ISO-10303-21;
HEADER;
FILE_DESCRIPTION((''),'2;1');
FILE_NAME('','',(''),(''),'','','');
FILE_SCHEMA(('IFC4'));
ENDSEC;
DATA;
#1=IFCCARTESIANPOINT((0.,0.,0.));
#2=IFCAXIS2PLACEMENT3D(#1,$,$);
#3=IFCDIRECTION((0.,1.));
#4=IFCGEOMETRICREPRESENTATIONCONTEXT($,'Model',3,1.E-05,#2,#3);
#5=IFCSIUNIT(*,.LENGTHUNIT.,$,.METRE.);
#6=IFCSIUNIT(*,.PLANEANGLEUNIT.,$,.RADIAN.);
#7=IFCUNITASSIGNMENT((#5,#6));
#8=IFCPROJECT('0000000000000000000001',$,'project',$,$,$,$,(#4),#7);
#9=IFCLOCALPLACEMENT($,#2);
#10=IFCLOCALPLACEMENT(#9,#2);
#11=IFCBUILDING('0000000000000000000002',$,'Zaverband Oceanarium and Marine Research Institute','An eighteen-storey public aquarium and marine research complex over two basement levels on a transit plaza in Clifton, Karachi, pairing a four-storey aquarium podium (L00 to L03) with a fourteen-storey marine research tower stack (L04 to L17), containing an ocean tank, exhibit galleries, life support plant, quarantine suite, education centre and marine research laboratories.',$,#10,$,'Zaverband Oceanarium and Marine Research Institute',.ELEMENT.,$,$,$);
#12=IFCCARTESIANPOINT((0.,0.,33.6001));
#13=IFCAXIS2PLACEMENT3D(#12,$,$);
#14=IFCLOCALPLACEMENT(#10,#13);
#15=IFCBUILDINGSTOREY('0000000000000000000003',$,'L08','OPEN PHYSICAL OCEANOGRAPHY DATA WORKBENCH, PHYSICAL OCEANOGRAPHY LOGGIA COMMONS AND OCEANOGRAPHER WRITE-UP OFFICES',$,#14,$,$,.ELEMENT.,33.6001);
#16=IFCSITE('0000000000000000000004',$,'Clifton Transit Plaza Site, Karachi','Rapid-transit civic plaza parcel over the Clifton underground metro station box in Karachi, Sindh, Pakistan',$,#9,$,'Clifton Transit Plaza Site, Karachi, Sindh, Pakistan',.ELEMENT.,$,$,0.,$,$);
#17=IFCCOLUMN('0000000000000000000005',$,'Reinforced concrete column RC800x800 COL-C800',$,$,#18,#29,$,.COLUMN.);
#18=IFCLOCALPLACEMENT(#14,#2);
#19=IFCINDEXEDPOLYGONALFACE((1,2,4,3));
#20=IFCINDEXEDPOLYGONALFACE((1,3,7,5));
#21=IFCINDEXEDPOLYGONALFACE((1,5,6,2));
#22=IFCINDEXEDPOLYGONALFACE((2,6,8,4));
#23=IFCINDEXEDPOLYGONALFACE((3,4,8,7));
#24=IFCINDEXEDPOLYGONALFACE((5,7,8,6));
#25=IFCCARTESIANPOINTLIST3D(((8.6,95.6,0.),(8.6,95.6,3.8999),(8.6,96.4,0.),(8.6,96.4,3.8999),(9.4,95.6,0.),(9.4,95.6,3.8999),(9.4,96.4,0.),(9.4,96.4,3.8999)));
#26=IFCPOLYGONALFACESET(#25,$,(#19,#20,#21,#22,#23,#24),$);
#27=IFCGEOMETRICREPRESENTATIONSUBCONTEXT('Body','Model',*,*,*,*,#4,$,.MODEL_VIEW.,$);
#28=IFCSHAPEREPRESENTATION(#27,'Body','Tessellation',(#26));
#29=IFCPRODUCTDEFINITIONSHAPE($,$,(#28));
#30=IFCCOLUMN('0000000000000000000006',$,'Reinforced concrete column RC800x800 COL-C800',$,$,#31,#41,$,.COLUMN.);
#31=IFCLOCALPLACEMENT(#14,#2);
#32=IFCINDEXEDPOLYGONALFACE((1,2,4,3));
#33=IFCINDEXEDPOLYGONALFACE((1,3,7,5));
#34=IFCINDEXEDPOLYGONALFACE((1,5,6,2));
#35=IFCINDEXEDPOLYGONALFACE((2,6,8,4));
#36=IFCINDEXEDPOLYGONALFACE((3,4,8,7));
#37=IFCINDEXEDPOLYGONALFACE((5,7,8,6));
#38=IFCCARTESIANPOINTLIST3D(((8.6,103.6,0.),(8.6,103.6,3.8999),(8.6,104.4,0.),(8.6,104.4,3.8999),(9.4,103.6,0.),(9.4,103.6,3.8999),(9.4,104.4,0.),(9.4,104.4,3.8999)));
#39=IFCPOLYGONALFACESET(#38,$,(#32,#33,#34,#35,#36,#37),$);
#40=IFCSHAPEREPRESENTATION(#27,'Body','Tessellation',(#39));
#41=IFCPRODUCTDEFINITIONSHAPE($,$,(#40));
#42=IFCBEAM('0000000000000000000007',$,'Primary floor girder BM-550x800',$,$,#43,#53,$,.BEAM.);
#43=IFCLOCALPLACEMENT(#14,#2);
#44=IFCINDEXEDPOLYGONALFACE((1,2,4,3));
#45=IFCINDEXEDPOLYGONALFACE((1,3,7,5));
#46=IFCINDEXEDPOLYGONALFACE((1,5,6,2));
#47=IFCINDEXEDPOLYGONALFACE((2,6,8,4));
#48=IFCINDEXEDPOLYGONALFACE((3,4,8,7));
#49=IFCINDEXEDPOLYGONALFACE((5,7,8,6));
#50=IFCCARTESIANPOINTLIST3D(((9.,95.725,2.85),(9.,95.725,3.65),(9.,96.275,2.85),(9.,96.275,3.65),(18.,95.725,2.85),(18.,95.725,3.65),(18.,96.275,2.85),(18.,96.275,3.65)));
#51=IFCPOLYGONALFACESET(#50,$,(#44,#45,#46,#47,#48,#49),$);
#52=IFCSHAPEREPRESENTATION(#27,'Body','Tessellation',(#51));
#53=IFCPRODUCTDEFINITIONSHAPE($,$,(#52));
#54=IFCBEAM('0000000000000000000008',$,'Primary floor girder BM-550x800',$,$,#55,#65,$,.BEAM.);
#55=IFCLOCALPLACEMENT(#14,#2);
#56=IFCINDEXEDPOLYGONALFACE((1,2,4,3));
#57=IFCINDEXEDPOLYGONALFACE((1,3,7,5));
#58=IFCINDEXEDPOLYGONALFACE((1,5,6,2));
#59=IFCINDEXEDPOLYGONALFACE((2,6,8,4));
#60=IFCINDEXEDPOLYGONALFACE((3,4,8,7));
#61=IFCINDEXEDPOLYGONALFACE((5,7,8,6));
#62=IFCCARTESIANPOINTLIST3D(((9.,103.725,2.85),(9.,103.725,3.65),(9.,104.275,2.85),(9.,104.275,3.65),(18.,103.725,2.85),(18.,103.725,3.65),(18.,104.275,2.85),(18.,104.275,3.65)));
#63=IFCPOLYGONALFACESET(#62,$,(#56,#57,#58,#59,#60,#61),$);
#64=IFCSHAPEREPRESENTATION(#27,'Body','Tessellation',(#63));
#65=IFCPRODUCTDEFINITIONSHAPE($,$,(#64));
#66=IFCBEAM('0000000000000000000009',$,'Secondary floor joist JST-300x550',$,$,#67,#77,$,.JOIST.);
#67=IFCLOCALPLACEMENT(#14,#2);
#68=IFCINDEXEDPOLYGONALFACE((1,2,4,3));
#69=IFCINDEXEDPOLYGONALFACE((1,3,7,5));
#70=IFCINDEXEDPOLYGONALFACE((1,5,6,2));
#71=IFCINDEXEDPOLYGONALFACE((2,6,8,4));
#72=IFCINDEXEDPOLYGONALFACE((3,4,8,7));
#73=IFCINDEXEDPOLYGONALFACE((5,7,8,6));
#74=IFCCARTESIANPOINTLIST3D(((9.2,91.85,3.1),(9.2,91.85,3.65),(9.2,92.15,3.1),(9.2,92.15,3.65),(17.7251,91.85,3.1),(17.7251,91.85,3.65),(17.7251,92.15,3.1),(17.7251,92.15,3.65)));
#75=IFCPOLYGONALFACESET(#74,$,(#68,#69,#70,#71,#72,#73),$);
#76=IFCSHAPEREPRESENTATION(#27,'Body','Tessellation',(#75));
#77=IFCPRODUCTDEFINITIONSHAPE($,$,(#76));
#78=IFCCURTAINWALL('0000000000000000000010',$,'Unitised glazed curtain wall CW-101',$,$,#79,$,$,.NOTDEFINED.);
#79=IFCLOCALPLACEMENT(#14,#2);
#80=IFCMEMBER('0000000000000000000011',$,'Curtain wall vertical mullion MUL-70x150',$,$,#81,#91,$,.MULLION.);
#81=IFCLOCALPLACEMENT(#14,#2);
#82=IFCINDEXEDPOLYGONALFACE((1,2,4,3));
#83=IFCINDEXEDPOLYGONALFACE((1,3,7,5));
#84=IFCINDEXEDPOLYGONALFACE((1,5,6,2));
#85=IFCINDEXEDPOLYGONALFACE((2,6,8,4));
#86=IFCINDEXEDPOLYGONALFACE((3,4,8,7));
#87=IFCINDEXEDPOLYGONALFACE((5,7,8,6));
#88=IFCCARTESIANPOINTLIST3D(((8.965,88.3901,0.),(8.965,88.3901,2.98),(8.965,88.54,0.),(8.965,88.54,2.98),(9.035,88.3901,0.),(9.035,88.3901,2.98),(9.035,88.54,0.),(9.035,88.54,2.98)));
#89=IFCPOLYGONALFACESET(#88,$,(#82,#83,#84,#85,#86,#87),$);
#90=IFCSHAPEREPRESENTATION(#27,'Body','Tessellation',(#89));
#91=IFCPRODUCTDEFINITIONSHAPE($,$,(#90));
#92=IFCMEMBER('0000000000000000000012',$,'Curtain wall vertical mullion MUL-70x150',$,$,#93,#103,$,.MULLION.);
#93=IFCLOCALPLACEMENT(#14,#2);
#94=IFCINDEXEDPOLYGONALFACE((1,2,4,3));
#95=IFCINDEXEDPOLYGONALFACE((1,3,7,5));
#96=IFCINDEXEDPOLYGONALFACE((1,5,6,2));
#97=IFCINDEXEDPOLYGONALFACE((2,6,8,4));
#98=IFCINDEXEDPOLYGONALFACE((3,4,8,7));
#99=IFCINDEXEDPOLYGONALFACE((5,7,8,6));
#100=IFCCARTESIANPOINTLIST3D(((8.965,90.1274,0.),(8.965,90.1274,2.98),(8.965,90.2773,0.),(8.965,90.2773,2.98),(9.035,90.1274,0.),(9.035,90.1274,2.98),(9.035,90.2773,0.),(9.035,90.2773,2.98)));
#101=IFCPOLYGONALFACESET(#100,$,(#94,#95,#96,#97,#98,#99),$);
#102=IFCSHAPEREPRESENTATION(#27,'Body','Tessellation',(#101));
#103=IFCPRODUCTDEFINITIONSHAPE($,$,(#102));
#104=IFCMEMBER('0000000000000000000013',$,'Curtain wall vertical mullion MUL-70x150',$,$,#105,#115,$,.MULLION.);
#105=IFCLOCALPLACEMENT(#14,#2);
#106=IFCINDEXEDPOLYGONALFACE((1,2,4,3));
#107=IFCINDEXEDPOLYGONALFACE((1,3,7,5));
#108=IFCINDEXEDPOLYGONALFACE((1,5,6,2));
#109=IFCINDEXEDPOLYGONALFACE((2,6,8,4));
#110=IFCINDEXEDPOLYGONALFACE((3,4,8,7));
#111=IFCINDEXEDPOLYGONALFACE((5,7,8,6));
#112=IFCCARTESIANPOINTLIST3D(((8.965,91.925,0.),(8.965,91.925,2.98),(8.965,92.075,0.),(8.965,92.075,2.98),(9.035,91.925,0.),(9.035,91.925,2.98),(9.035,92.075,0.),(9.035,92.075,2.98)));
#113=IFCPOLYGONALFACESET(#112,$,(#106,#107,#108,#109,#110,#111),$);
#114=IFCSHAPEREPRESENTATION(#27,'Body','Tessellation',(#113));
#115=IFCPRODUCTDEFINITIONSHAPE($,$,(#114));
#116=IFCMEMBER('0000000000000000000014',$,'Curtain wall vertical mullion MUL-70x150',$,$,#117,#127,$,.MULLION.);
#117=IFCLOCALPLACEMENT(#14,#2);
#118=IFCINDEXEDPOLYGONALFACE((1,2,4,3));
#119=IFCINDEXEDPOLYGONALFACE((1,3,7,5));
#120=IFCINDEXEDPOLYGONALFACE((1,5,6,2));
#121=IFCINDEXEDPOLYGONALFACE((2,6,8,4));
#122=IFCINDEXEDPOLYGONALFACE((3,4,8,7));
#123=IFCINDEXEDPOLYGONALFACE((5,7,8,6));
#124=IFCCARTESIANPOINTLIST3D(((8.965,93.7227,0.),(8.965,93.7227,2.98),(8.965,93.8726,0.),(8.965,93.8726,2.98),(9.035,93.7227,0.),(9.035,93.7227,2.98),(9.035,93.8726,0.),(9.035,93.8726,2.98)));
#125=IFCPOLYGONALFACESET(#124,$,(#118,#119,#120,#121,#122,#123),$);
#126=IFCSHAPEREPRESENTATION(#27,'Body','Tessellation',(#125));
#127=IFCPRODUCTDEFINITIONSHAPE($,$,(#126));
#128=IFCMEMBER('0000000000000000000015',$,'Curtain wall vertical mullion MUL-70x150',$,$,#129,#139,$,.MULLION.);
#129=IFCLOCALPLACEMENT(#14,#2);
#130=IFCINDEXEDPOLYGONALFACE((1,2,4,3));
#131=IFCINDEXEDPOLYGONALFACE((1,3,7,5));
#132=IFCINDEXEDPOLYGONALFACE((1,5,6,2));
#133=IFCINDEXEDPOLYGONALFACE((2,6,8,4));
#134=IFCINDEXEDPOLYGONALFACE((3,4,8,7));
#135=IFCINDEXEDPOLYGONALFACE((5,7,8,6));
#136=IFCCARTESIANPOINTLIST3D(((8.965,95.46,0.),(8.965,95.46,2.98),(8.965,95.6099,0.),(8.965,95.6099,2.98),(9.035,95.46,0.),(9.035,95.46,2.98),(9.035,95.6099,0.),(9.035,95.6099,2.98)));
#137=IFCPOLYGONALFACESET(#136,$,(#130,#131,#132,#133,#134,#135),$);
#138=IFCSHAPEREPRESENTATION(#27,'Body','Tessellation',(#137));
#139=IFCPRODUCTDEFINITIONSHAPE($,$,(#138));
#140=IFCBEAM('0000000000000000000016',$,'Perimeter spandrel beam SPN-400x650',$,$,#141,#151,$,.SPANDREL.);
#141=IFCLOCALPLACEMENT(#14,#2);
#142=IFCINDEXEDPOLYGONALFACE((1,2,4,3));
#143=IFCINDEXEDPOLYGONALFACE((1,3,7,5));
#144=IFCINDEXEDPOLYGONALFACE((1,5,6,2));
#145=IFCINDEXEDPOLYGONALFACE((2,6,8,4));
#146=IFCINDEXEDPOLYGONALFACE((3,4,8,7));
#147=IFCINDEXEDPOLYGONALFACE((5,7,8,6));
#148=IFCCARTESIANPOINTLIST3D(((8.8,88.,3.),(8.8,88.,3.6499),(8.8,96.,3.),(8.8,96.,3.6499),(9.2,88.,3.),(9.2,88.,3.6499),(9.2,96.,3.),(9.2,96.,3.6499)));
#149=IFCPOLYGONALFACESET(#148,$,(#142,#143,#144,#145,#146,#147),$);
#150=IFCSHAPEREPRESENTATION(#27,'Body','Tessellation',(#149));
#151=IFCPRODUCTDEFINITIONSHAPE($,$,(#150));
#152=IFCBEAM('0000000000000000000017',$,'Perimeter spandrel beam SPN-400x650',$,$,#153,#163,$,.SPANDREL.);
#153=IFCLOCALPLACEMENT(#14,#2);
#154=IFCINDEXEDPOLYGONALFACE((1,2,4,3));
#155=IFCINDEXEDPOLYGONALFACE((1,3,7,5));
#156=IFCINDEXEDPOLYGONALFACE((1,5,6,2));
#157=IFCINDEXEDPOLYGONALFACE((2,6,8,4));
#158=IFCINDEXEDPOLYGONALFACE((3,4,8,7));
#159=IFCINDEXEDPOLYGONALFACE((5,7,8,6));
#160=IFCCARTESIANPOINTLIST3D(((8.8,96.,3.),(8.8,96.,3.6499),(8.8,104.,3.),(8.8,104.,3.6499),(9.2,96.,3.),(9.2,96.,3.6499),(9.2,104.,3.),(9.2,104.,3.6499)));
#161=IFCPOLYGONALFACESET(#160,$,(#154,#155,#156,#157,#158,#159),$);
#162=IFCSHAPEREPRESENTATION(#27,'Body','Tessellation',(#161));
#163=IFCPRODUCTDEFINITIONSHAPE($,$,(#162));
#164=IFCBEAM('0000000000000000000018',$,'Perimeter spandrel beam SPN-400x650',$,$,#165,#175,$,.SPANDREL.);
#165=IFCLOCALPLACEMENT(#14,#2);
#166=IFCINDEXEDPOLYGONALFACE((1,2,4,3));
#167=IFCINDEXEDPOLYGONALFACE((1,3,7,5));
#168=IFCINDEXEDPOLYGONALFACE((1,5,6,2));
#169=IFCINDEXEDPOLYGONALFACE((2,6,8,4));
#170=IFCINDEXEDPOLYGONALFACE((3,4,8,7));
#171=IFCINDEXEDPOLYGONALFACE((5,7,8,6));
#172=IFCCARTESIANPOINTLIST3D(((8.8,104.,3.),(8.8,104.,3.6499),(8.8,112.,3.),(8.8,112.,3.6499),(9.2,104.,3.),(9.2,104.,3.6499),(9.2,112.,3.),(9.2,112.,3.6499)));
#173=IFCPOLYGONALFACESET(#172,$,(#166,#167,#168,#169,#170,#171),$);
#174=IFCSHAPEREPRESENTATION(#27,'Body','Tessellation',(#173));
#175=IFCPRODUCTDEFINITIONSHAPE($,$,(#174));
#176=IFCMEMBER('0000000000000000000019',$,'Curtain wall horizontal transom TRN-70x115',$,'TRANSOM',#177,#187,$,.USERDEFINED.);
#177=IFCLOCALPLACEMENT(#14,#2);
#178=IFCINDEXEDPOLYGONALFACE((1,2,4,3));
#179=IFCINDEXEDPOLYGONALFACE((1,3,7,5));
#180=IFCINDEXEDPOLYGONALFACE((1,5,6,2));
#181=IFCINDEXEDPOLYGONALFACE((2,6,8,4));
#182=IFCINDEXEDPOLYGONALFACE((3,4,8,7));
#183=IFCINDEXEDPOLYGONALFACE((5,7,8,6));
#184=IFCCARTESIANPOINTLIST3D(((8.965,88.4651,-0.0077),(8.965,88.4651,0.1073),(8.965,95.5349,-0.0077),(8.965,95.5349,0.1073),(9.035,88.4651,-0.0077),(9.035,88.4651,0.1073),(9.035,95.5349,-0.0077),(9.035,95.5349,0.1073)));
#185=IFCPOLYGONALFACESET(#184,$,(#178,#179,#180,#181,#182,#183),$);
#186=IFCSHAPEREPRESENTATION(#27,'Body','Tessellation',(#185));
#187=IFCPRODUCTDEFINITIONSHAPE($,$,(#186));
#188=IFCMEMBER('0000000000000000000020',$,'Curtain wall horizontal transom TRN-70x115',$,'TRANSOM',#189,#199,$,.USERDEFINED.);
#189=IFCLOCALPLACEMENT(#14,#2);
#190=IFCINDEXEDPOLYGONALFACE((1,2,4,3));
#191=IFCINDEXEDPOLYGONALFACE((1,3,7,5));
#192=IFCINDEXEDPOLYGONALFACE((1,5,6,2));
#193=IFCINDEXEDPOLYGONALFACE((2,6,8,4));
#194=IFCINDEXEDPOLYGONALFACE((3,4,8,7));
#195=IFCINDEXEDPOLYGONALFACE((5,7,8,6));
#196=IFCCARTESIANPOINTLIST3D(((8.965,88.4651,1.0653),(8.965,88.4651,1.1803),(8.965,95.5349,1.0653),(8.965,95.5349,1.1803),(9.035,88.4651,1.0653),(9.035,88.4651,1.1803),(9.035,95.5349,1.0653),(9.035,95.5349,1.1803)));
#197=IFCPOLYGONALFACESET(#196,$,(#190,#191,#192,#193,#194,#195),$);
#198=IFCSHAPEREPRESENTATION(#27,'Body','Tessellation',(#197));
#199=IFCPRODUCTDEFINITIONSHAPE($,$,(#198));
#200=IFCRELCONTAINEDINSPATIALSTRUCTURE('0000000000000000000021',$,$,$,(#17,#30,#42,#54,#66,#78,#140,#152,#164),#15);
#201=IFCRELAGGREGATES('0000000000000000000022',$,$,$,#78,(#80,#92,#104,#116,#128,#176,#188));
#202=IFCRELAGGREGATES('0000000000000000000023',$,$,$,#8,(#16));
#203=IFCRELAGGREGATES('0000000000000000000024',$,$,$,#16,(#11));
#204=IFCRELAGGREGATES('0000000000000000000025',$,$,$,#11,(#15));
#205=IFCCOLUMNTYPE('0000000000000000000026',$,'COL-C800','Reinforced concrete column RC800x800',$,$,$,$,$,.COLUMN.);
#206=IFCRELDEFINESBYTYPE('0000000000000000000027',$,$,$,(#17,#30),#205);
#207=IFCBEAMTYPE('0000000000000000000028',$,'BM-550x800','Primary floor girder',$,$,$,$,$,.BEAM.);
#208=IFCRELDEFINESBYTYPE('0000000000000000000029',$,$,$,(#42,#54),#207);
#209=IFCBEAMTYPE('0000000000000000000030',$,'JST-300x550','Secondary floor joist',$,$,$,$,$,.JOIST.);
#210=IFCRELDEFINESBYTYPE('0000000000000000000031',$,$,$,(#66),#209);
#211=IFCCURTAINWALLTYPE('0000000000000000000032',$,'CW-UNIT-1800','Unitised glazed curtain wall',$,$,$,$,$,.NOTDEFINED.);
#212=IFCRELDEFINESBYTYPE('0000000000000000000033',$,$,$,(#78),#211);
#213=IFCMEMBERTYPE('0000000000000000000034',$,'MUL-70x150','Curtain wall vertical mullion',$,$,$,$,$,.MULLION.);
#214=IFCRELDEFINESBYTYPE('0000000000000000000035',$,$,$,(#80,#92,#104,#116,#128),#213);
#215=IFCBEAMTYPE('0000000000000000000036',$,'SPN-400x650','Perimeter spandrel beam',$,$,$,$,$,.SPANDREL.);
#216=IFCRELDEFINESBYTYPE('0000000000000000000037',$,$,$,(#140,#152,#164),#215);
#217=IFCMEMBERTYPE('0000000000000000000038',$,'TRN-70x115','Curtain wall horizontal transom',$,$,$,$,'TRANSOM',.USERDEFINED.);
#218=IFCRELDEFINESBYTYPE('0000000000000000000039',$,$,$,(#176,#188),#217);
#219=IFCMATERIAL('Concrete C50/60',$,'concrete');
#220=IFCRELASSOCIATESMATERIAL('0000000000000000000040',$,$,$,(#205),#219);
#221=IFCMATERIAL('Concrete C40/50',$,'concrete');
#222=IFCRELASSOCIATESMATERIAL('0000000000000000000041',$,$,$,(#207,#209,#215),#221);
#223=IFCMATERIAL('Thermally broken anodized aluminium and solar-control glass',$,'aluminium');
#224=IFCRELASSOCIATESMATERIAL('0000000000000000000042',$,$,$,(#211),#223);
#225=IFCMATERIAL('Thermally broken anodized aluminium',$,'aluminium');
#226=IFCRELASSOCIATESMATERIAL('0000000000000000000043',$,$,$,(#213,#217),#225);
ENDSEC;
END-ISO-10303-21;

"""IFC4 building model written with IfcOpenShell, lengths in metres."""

from ifc_helpers import new_model, si_unit, direction, frame, origin, origin_2d, place, context, subcontext, project, spatial, rectangle, extrude, material, material_profile, profile_set, type_object, element, aggregate, save


model = new_model("IFC4")

# Units and contexts
model_context = context("Model", 3, precision=1e-05, world=origin(), true_north=direction((0.0, 1.0)))
body_context = subcontext(model_context, "Body", "Model", "MODEL_VIEW")
ifc_project = project(units=[si_unit("LENGTHUNIT", "METRE"), si_unit("PLANEANGLEUNIT", "RADIAN")], contexts=[model_context])

# Site, building, storey
site_placement = place(None, origin())
site = spatial("IfcSite", under=ifc_project, at=site_placement, Name="Clifton Transit Plaza Site, Karachi", Description="Rapid-transit civic plaza parcel over the Clifton underground metro station box in Karachi, Sindh, Pakistan", LongName="Clifton Transit Plaza Site, Karachi, Sindh, Pakistan", CompositionType="ELEMENT", RefElevation=0.0)
building_placement = place(site_placement, origin())
building = spatial("IfcBuilding", under=site, at=building_placement, Name="Zaverband Oceanarium and Marine Research Institute", Description="An eighteen-storey public aquarium and marine research complex over two basement levels on a transit plaza in Clifton, Karachi, pairing a four-storey aquarium podium (L00 to L03) with a fourteen-storey marine research tower stack (L04 to L17), containing an ocean tank, exhibit galleries, life support plant, quarantine suite, education centre and marine research laboratories.", LongName="Zaverband Oceanarium and Marine Research Institute", CompositionType="ELEMENT")
storey_placement = place(building_placement, frame((0.0, 0.0, 33.6001)))
storey = spatial("IfcBuildingStorey", under=building, at=storey_placement, Name="L08", Description="OPEN PHYSICAL OCEANOGRAPHY DATA WORKBENCH, PHYSICAL OCEANOGRAPHY LOGGIA COMMONS AND OCEANOGRAPHER WRITE-UP OFFICES", CompositionType="ELEMENT", Elevation=33.6001)

# Columns
ifc_material_1 = material(Name="Concrete C50/60", Category="concrete")
ifc_material_profile_1 = material_profile(ifc_material_1, rectangle(XDim=0.8, YDim=0.8, at=origin_2d()), Name="RC800x800")
ifc_profile_set_1 = profile_set([ifc_material_profile_1], Name="Concrete C50/60")
column_type = type_object("IfcColumnType", Name="COL-C800", Description="Reinforced concrete column RC800x800", PredefinedType="COLUMN", material=ifc_profile_set_1)
for number, where, z_axis, x_axis, name in (
    (1, (9.0, 96.0, 0.0), (0.0, 0.0, 1.0), (1.0, 0.0, 0.0), "Reinforced concrete column RC800x800 COL-C800"),
    (2, (9.0, 104.0, 0.0), (0.0, 0.0, 1.0), (1.0, 0.0, 0.0), "Reinforced concrete column RC800x800 COL-C800"),
):
    element("IfcColumn", number, at=place(storey_placement, frame(where, z_axis=z_axis, x_axis=x_axis)), inside=storey, type_object=column_type, Name=name, PredefinedType="COLUMN", context=body_context, shape_type="SweptSolid", body=[
        extrude(rectangle(XDim=0.8, YDim=0.8, at=origin_2d()), origin(), (0.0, 0.0, 1.0), 3.8999),
    ])

# Beams
ifc_material_2 = material(Name="Concrete C40/50", Category="concrete")
ifc_material_profile_2 = material_profile(ifc_material_2, rectangle(XDim=0.55, YDim=0.8, at=origin_2d()), Name="RC550x800")
ifc_profile_set_2 = profile_set([ifc_material_profile_2], Name="Concrete C40/50")
beam_type_1 = type_object("IfcBeamType", Name="BM-550x800", Description="Primary floor girder", PredefinedType="BEAM", material=ifc_profile_set_2)
for number, where, z_axis, x_axis, name in (
    (3, (9.0, 96.0, 3.25), (1.0, 0.0, 0.0), (0.0, 1.0, 0.0), "Primary floor girder BM-550x800"),
    (4, (9.0, 104.0, 3.25), (1.0, 0.0, 0.0), (0.0, 1.0, 0.0), "Primary floor girder BM-550x800"),
):
    element("IfcBeam", number, at=place(storey_placement, frame(where, z_axis=z_axis, x_axis=x_axis)), inside=storey, type_object=beam_type_1, Name=name, PredefinedType="BEAM", context=body_context, shape_type="SweptSolid", body=[
        extrude(rectangle(XDim=0.55, YDim=0.8, at=origin_2d()), origin(), (0.0, 0.0, 1.0), 9.0),
    ])
ifc_material_profile_3 = material_profile(ifc_material_2, rectangle(XDim=0.3, YDim=0.55, at=origin_2d()), Name="RC300x550")
ifc_profile_set_3 = profile_set([ifc_material_profile_3], Name="Concrete C40/50")
beam_type_2 = type_object("IfcBeamType", Name="JST-300x550", Description="Secondary floor joist", PredefinedType="JOIST", material=ifc_profile_set_3)
beam_placement = place(storey_placement, frame((9.2, 92.0, 3.375), z_axis=(1.0, 0.0, 0.0), x_axis=(0.0, 1.0, 0.0)))
element("IfcBeam", 5, at=beam_placement, inside=storey, type_object=beam_type_2, Name="Secondary floor joist JST-300x550", PredefinedType="JOIST", context=body_context, shape_type="SweptSolid", body=[
    extrude(rectangle(XDim=0.3, YDim=0.55, at=origin_2d()), origin(), (0.0, 0.0, 1.0), 8.5251),
])

# Curtain wall, members
ifc_material_3 = material(Name="Thermally broken anodized aluminium and solar-control glass", Category="aluminium")
curtain_wall_type = type_object("IfcCurtainWallType", Name="CW-UNIT-1800", Description="Unitised glazed curtain wall", PredefinedType="NOTDEFINED", material=ifc_material_3)
curtain_wall_placement = place(storey_placement, origin())
curtain_wall = element("IfcCurtainWall", 6, at=curtain_wall_placement, inside=storey, type_object=curtain_wall_type, Name="Unitised glazed curtain wall CW-101", PredefinedType="NOTDEFINED")
ifc_material_4 = material(Name="Thermally broken anodized aluminium", Category="aluminium")
ifc_material_profile_4 = material_profile(ifc_material_4, rectangle(XDim=0.0701, YDim=0.1499, at=origin_2d()), Name="AL-MUL-70x150")
ifc_profile_set_4 = profile_set([ifc_material_profile_4], Name="Thermally broken anodized aluminium")
member_type_1 = type_object("IfcMemberType", Name="MUL-70x150", Description="Curtain wall vertical mullion", PredefinedType="MULLION", material=ifc_profile_set_4)
member_1_placement = place(storey_placement, frame((9.0, 88.4651, 0.0), z_axis=(0.0, 0.0, 1.0), x_axis=(1.0, 0.0, 0.0)))
member_1 = element("IfcMember", 7, at=member_1_placement, type_object=member_type_1, Name="Curtain wall vertical mullion MUL-70x150", PredefinedType="MULLION", context=body_context, shape_type="SweptSolid", body=[
    extrude(rectangle(XDim=0.0701, YDim=0.1499, at=origin_2d()), origin(), (0.0, 0.0, 1.0), 2.98),
])
member_2_placement = place(storey_placement, frame((9.0, 90.2024, 0.0), z_axis=(0.0, 0.0, 1.0), x_axis=(1.0, 0.0, 0.0)))
member_2 = element("IfcMember", 8, at=member_2_placement, type_object=member_type_1, Name="Curtain wall vertical mullion MUL-70x150", PredefinedType="MULLION", context=body_context, shape_type="SweptSolid", body=[
    extrude(rectangle(XDim=0.0701, YDim=0.1499, at=origin_2d()), origin(), (0.0, 0.0, 1.0), 2.98),
])
member_3_placement = place(storey_placement, frame((9.0, 92.0, 0.0), z_axis=(0.0, 0.0, 1.0), x_axis=(1.0, 0.0, 0.0)))
member_3 = element("IfcMember", 9, at=member_3_placement, type_object=member_type_1, Name="Curtain wall vertical mullion MUL-70x150", PredefinedType="MULLION", context=body_context, shape_type="SweptSolid", body=[
    extrude(rectangle(XDim=0.0701, YDim=0.1499, at=origin_2d()), origin(), (0.0, 0.0, 1.0), 2.98),
])
member_4_placement = place(storey_placement, frame((9.0, 93.7976, 0.0), z_axis=(0.0, 0.0, 1.0), x_axis=(1.0, 0.0, 0.0)))
member_4 = element("IfcMember", 10, at=member_4_placement, type_object=member_type_1, Name="Curtain wall vertical mullion MUL-70x150", PredefinedType="MULLION", context=body_context, shape_type="SweptSolid", body=[
    extrude(rectangle(XDim=0.0701, YDim=0.1499, at=origin_2d()), origin(), (0.0, 0.0, 1.0), 2.98),
])
member_5_placement = place(storey_placement, frame((9.0, 95.5349, 0.0), z_axis=(0.0, 0.0, 1.0), x_axis=(1.0, 0.0, 0.0)))
member_5 = element("IfcMember", 11, at=member_5_placement, type_object=member_type_1, Name="Curtain wall vertical mullion MUL-70x150", PredefinedType="MULLION", context=body_context, shape_type="SweptSolid", body=[
    extrude(rectangle(XDim=0.0701, YDim=0.1499, at=origin_2d()), origin(), (0.0, 0.0, 1.0), 2.98),
])

# Beams
ifc_material_profile_5 = material_profile(ifc_material_2, rectangle(XDim=0.3999, YDim=0.6499, at=origin_2d()), Name="RC400x650")
ifc_profile_set_5 = profile_set([ifc_material_profile_5], Name="Concrete C40/50")
beam_type_3 = type_object("IfcBeamType", Name="SPN-400x650", Description="Perimeter spandrel beam", PredefinedType="SPANDREL", material=ifc_profile_set_5)
for number, where, z_axis, x_axis, name in (
    (12, (9.0, 88.0, 3.325), (0.0, 1.0, 0.0), (-1.0, 0.0, 0.0), "Perimeter spandrel beam SPN-400x650"),
    (13, (9.0, 96.0, 3.325), (0.0, 1.0, 0.0), (-1.0, 0.0, 0.0), "Perimeter spandrel beam SPN-400x650"),
    (14, (9.0, 104.0, 3.325), (0.0, 1.0, 0.0), (-1.0, 0.0, 0.0), "Perimeter spandrel beam SPN-400x650"),
):
    element("IfcBeam", number, at=place(storey_placement, frame(where, z_axis=z_axis, x_axis=x_axis)), inside=storey, type_object=beam_type_3, Name=name, PredefinedType="SPANDREL", context=body_context, shape_type="SweptSolid", body=[
        extrude(rectangle(XDim=0.3999, YDim=0.6499, at=origin_2d()), origin(), (0.0, 0.0, 1.0), 8.0),
    ])

# Members
ifc_material_profile_6 = material_profile(ifc_material_4, rectangle(XDim=0.0701, YDim=0.115, at=origin_2d()), Name="AL-TRN-70x115")
ifc_profile_set_6 = profile_set([ifc_material_profile_6], Name="Thermally broken anodized aluminium")
member_type_2 = type_object("IfcMemberType", Name="TRN-70x115", Description="Curtain wall horizontal transom", ElementType="TRANSOM", PredefinedType="USERDEFINED", material=ifc_profile_set_6)
member_6_placement = place(storey_placement, frame((9.0, 88.4651, 0.0498), z_axis=(0.0, 1.0, 0.0), x_axis=(-1.0, 0.0, 0.0)))
member_6 = element("IfcMember", 15, at=member_6_placement, type_object=member_type_2, Name="Curtain wall horizontal transom TRN-70x115", ObjectType="TRANSOM", PredefinedType="USERDEFINED", context=body_context, shape_type="SweptSolid", body=[
    extrude(rectangle(XDim=0.0701, YDim=0.115, at=origin_2d()), origin(), (0.0, 0.0, 1.0), 7.0698),
])
member_7_placement = place(storey_placement, frame((9.0, 88.4651, 1.1228), z_axis=(0.0, 1.0, 0.0), x_axis=(-1.0, 0.0, 0.0)))
member_7 = element("IfcMember", 16, at=member_7_placement, type_object=member_type_2, Name="Curtain wall horizontal transom TRN-70x115", ObjectType="TRANSOM", PredefinedType="USERDEFINED", context=body_context, shape_type="SweptSolid", body=[
    extrude(rectangle(XDim=0.0701, YDim=0.115, at=origin_2d()), origin(), (0.0, 0.0, 1.0), 7.0698),
])

aggregate(curtain_wall, [member_1, member_2, member_3, member_4, member_5, member_6, member_7])

save(model, "model.ifc")
